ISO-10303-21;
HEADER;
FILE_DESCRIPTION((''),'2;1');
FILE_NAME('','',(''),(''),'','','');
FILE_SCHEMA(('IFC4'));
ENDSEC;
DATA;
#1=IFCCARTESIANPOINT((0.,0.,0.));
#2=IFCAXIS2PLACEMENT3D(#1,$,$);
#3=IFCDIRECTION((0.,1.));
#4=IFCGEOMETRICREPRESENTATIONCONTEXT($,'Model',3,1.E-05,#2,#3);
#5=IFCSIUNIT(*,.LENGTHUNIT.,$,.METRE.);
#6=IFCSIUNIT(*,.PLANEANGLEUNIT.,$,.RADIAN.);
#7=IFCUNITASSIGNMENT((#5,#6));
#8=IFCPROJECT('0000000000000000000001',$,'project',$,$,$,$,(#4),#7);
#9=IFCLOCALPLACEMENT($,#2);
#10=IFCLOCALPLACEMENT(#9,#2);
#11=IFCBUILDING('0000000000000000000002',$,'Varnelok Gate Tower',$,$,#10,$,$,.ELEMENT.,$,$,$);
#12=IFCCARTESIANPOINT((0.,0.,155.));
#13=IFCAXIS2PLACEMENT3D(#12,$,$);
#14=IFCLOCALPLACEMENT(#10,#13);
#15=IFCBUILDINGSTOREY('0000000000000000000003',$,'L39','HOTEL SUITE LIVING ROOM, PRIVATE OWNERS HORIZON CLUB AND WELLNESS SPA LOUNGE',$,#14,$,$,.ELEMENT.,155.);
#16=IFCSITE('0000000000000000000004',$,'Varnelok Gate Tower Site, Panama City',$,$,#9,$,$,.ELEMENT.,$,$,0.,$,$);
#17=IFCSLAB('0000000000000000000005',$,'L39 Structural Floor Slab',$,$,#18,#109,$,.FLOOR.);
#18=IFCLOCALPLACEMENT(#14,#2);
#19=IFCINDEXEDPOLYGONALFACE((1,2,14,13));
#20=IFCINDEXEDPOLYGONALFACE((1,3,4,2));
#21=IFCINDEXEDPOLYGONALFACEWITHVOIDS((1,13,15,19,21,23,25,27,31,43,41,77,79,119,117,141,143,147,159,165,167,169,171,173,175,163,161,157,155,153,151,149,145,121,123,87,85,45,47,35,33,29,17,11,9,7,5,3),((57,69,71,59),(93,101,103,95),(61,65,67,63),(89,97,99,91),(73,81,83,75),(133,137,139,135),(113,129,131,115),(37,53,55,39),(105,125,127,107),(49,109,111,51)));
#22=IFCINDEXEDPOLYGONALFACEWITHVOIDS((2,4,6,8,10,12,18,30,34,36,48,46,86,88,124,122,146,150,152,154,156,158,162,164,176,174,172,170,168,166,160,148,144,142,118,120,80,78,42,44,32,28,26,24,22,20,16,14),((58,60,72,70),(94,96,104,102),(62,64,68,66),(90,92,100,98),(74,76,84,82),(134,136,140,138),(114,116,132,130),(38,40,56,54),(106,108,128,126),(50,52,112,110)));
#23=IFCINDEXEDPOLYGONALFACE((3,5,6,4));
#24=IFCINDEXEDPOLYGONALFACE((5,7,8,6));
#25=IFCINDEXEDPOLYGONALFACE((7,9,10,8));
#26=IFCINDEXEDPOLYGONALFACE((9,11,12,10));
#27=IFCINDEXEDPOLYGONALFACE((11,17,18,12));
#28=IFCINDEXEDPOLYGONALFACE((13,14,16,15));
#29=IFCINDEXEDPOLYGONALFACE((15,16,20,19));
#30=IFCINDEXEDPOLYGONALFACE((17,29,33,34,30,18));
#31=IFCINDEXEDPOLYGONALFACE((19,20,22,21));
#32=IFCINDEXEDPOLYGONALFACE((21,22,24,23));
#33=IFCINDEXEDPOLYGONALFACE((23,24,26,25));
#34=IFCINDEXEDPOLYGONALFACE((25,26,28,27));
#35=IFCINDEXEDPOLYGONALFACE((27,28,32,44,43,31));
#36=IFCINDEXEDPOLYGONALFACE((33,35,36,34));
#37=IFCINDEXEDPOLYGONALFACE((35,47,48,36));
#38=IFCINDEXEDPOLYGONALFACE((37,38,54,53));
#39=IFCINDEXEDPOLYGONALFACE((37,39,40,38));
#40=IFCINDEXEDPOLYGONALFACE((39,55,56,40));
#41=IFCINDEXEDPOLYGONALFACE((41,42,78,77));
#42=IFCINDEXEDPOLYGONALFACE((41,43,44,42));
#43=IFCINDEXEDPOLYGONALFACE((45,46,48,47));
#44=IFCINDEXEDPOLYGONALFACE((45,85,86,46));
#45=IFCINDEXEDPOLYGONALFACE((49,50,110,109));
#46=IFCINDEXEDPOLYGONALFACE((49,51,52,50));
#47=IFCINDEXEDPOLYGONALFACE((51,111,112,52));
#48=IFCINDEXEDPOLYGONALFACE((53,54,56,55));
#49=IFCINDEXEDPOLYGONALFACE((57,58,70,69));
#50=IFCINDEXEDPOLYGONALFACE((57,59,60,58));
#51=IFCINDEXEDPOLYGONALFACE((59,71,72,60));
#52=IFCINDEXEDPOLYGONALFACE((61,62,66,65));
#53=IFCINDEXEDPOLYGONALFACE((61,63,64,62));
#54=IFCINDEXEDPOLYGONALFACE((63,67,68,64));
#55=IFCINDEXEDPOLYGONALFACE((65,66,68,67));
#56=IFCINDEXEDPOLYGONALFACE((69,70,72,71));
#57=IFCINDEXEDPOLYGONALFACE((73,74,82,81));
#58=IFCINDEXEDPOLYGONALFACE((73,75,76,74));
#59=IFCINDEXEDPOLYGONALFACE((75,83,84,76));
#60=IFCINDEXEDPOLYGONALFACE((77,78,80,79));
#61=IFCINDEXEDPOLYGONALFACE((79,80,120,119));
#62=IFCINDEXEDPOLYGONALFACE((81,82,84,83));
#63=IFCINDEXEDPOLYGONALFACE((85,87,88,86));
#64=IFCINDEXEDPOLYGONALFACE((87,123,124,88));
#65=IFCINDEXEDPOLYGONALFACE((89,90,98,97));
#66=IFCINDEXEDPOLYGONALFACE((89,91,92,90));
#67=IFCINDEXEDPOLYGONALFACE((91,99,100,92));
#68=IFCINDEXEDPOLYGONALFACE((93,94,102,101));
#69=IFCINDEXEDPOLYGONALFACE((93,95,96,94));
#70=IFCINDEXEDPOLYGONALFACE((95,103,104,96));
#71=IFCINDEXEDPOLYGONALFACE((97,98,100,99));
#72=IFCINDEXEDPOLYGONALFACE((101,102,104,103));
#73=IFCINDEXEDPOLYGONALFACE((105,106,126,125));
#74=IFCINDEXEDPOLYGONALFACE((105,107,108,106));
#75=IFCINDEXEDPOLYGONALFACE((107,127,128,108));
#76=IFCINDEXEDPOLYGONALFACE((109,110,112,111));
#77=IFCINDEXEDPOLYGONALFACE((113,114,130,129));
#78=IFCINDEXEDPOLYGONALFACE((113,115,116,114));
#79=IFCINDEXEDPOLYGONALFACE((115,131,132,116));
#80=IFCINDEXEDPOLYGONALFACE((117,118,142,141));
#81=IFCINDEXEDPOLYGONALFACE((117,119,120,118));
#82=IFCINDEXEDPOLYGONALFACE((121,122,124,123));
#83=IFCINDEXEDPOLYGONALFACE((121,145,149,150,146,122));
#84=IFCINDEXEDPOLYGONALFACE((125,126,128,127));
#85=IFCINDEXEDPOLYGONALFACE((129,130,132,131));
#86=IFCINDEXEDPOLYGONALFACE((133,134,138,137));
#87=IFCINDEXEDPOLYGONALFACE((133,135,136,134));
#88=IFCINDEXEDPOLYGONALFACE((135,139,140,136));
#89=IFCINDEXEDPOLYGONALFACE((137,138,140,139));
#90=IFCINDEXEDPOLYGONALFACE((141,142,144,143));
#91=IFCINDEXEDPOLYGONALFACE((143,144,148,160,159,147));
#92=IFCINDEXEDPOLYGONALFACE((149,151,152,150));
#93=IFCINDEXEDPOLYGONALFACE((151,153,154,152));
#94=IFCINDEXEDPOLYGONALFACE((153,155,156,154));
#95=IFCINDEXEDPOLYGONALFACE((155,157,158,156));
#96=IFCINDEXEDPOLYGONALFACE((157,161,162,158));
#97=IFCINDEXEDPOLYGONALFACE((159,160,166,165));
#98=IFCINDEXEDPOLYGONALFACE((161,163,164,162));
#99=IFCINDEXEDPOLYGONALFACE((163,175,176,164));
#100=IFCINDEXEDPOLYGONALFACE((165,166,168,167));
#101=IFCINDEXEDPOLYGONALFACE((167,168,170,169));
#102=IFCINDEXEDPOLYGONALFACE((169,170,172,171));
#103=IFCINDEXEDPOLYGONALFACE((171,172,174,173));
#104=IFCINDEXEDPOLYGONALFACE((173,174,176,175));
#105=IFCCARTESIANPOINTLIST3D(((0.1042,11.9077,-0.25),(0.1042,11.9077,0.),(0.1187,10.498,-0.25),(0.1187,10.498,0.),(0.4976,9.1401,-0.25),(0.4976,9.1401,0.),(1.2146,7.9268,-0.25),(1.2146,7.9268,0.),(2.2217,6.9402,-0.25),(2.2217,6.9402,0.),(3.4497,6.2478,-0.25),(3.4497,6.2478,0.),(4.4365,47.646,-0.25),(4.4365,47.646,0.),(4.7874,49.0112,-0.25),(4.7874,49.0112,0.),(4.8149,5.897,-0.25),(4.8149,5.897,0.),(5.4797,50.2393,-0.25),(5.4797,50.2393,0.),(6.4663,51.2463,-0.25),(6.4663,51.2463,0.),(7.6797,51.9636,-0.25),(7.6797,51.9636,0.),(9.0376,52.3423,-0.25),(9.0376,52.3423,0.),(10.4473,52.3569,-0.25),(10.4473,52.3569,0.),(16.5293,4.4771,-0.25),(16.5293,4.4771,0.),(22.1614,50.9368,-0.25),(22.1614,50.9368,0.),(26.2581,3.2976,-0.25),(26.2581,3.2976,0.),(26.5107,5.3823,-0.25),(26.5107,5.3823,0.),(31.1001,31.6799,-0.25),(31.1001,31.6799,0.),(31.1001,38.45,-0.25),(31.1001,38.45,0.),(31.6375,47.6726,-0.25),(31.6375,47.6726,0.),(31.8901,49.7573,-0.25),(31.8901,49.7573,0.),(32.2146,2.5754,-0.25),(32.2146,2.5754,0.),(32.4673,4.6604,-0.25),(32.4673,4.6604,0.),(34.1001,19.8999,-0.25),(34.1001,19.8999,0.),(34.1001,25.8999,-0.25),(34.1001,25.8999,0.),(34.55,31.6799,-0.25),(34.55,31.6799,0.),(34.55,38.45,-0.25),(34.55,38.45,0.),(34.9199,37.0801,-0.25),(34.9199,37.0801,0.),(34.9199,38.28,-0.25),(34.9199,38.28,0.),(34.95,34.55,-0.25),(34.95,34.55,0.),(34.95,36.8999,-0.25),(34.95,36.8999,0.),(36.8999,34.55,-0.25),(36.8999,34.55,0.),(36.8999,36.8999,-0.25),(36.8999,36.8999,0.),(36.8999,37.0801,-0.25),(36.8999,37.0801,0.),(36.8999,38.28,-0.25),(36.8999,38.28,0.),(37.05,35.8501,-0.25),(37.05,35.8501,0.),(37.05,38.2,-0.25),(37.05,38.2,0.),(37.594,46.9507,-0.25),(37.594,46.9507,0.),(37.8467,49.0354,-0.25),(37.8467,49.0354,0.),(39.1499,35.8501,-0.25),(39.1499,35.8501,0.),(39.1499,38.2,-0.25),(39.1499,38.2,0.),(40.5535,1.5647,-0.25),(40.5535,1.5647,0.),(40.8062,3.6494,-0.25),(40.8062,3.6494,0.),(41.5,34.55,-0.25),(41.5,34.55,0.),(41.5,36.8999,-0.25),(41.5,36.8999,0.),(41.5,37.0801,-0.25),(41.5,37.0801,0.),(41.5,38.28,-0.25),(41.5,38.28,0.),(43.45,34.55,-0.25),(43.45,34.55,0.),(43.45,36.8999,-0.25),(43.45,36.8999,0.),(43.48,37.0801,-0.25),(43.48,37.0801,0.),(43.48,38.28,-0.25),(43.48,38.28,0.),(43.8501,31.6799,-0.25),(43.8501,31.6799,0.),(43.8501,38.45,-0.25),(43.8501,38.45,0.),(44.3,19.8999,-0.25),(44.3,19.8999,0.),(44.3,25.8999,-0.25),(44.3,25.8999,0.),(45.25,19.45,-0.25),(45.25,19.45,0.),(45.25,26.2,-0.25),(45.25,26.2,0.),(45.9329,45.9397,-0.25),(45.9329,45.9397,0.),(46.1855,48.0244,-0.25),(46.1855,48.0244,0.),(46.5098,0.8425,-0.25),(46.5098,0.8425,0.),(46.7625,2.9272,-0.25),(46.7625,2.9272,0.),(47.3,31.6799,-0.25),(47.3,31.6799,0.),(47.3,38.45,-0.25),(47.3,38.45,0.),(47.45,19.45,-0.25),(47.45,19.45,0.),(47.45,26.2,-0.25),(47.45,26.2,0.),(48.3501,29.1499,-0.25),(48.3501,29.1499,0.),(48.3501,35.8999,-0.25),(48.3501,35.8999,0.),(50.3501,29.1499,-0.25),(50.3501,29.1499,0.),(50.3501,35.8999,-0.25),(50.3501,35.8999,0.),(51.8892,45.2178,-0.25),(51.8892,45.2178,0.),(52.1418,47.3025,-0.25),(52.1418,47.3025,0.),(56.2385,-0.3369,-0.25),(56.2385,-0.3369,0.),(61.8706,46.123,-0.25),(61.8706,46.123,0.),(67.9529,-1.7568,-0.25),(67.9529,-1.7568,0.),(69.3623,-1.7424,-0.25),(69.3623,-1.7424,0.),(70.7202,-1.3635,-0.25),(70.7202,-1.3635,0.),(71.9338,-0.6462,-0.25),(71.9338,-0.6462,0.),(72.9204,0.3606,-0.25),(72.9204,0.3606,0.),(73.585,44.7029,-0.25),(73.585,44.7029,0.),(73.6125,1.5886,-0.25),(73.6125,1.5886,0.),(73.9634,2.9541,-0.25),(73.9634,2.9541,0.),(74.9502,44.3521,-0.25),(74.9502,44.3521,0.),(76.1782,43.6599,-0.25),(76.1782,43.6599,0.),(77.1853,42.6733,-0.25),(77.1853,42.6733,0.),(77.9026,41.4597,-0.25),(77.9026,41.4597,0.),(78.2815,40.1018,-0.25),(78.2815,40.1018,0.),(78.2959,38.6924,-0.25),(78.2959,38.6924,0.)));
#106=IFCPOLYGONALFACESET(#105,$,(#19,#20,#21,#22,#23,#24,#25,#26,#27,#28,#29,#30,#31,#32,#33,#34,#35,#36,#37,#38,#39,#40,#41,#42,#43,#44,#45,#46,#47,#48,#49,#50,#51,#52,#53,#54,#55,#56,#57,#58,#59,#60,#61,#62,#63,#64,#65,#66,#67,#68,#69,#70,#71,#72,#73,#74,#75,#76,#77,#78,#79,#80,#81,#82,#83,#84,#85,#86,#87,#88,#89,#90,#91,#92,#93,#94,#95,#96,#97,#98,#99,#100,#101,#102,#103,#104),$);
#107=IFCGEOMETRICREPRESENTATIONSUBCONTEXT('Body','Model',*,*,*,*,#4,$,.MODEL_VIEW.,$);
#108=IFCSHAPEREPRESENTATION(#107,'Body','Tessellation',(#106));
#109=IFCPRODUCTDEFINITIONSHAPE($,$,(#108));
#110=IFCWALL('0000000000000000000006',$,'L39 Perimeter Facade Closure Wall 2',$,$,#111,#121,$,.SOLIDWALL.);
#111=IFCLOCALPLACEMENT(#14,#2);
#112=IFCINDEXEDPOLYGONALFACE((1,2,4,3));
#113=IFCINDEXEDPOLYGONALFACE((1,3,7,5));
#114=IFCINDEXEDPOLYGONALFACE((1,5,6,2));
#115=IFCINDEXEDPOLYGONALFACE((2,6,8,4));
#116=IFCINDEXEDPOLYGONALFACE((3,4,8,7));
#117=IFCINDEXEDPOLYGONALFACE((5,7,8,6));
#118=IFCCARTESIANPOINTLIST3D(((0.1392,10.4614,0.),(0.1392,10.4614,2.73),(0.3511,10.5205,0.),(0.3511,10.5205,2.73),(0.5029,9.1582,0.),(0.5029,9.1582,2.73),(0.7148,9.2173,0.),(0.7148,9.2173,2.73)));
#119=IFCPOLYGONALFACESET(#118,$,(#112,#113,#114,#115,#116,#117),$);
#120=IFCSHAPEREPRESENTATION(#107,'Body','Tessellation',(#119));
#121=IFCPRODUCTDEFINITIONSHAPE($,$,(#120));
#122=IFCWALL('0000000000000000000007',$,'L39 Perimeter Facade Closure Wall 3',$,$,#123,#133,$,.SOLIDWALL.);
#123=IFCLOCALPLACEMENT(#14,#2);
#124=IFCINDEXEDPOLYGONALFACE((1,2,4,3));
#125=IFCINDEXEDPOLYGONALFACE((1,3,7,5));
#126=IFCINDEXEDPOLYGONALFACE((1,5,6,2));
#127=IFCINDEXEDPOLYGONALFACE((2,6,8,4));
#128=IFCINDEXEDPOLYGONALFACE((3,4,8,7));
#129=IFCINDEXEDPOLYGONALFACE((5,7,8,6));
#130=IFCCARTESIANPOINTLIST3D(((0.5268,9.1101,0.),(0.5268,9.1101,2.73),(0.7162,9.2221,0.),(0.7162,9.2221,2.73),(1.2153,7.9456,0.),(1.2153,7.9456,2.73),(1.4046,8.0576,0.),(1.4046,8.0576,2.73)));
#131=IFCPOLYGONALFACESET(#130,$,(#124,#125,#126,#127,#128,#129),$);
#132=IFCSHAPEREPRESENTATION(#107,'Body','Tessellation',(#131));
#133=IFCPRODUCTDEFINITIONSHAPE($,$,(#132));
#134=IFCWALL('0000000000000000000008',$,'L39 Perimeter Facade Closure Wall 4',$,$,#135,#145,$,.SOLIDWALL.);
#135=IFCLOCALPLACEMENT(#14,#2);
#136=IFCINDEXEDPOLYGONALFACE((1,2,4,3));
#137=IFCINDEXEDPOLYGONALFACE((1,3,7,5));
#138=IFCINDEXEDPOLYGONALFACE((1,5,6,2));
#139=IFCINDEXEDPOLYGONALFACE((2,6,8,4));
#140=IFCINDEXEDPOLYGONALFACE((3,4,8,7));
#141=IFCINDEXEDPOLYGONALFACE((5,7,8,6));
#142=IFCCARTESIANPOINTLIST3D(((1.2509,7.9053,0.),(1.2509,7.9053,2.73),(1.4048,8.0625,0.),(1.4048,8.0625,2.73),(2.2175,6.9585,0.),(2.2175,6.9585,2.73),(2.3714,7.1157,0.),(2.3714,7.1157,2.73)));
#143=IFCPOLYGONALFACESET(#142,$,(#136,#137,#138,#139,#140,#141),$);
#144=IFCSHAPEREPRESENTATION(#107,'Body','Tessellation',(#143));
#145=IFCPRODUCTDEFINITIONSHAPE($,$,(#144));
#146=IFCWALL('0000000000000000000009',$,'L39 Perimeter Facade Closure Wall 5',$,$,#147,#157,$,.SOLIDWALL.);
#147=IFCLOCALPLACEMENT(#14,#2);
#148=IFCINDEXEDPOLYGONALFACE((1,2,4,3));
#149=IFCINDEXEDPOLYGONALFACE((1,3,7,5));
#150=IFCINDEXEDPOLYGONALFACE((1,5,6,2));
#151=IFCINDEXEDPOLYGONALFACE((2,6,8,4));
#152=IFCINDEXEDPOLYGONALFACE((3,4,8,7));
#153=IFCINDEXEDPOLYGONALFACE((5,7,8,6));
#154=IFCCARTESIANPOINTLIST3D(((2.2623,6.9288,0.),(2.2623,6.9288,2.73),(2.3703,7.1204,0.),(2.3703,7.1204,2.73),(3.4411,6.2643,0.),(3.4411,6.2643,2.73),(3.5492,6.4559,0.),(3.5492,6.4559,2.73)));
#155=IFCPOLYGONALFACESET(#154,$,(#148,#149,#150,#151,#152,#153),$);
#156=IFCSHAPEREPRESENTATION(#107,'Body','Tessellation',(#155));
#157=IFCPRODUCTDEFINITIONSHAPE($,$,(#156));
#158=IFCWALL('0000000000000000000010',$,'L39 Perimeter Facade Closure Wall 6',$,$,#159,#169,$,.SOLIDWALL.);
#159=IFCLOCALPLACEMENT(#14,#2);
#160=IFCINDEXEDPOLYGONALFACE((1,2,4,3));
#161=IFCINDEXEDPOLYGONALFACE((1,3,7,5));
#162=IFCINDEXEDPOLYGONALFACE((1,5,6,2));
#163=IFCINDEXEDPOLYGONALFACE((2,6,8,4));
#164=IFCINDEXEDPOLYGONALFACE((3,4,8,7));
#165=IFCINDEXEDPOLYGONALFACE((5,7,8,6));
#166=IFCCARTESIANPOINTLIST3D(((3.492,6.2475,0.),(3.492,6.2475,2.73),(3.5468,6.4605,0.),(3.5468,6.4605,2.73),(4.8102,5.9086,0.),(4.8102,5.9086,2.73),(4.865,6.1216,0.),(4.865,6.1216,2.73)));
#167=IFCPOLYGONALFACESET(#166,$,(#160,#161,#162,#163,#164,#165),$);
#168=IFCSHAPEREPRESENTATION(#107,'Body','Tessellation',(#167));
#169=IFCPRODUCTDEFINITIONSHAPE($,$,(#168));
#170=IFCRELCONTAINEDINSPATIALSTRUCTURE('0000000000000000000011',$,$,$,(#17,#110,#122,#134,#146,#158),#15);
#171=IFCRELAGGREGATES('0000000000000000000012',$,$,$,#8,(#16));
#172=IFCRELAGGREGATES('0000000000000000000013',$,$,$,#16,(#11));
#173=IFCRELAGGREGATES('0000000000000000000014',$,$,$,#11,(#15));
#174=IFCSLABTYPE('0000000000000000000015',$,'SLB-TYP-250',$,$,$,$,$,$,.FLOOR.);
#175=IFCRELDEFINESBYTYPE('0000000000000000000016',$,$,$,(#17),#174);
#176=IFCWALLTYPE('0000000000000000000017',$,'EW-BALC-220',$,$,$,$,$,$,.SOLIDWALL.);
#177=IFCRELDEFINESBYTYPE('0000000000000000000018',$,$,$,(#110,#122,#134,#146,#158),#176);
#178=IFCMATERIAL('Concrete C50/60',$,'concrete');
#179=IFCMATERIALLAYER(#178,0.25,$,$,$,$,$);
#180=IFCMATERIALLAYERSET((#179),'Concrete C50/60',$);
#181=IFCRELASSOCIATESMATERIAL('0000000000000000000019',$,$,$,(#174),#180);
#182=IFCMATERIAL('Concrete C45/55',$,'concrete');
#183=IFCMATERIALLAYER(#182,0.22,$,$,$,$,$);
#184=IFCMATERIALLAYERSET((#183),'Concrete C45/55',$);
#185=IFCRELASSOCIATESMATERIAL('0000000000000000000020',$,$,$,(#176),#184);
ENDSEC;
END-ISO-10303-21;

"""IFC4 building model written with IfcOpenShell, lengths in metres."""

from ifc_helpers import new_model, si_unit, direction, frame, frame_2d, origin, place, context, subcontext, project, spatial, polyline, rectangle, outline, extrude, material, layer, layer_set, type_object, element, save


model = new_model("IFC4")

# Units and contexts
model_context = context("Model", 3, precision=1e-05, world=origin(), true_north=direction((0.0, 1.0)))
body_context = subcontext(model_context, "Body", "Model", "MODEL_VIEW")
ifc_project = project(units=[si_unit("LENGTHUNIT", "METRE"), si_unit("PLANEANGLEUNIT", "RADIAN")], contexts=[model_context])

# Site, building, storey
site_placement = place(None, origin())
site = spatial("IfcSite", under=ifc_project, at=site_placement, Name="Varnelok Gate Tower Site, Panama City", CompositionType="ELEMENT", RefElevation=0.0)
building_placement = place(site_placement, origin())
building = spatial("IfcBuilding", under=site, at=building_placement, Name="Varnelok Gate Tower", CompositionType="ELEMENT")
storey_placement = place(building_placement, frame((0.0, 0.0, 155.0)))
storey = spatial("IfcBuildingStorey", under=building, at=storey_placement, Name="L39", Description="HOTEL SUITE LIVING ROOM, PRIVATE OWNERS HORIZON CLUB AND WELLNESS SPA LOUNGE", CompositionType="ELEMENT", Elevation=155.0)

# Shared definitions
ifc_material_1 = material(Name="Concrete C45/55", Category="concrete")

# Shared definitions
ifc_material_2 = material(Name="Concrete C50/60", Category="concrete")

# Slab
ifc_layer_1 = layer(ifc_material_2, 0.25)
ifc_layer_set_1 = layer_set([ifc_layer_1], Name="Concrete C50/60")
slab_type_1 = type_object("IfcSlabType", Name="SLB-TYP-250", PredefinedType="FLOOR", material=ifc_layer_set_1)
slab_1_placement = place(storey_placement, frame((0.0, 0.0, -0.25)))
element("IfcSlab", 1, at=slab_1_placement, inside=storey, type_object=slab_type_1, Name="L39 Structural Floor Slab", PredefinedType="FLOOR", context=body_context, shape_type="SweptSolid", body=[
    extrude(outline(polyline([(0.1042, 11.9077), (0.1187, 10.498), (0.4976, 9.1401), (1.2146, 7.9268), (2.2217, 6.9402), (3.4497, 6.2478), (4.8149, 5.897), (16.5293, 4.4771), (26.2581, 3.2976), (26.5107, 5.3823), (32.4673, 4.6604), (32.2146, 2.5754), (40.5535, 1.5647), (40.8062, 3.6494), (46.7625, 2.9272), (46.5098, 0.8425), (56.2385, -0.3369), (67.9529, -1.7568), (69.3623, -1.7424), (70.7202, -1.3635), (71.9338, -0.6462), (72.9204, 0.3606), (73.6125, 1.5886), (73.9634, 2.9541), (78.2959, 38.6924), (78.2815, 40.1018), (77.9026, 41.4597), (77.1853, 42.6733), (76.1782, 43.6599), (74.9502, 44.3521), (73.585, 44.7029), (61.8706, 46.123), (52.1418, 47.3025), (51.8892, 45.2178), (45.9329, 45.9397), (46.1855, 48.0244), (37.8467, 49.0354), (37.594, 46.9507), (31.6375, 47.6726), (31.8901, 49.7573), (22.1614, 50.9368), (10.4473, 52.3569), (9.0376, 52.3423), (7.6797, 51.9636), (6.4663, 51.2463), (5.4797, 50.2393), (4.7874, 49.0112), (4.4365, 47.646), (0.1042, 11.9077)]), holes=[polyline([(34.55, 31.6799), (34.55, 38.45), (31.1001, 38.45), (31.1001, 31.6799), (34.55, 31.6799)]), polyline([(47.3, 31.6799), (47.3, 38.45), (43.8501, 38.45), (43.8501, 31.6799), (47.3, 31.6799)]), polyline([(34.95, 34.55), (36.8999, 34.55), (36.8999, 36.8999), (34.95, 36.8999), (34.95, 34.55)]), polyline([(41.5, 34.55), (43.45, 34.55), (43.45, 36.8999), (41.5, 36.8999), (41.5, 34.55)]), polyline([(37.05, 35.8501), (39.1499, 35.8501), (39.1499, 38.2), (37.05, 38.2), (37.05, 35.8501)]), polyline([(48.3501, 29.1499), (50.3501, 29.1499), (50.3501, 35.8999), (48.3501, 35.8999), (48.3501, 29.1499)]), polyline([(45.25, 19.45), (47.45, 19.45), (47.45, 26.2), (45.25, 26.2), (45.25, 19.45)]), polyline([(34.9199, 37.0801), (36.8999, 37.0801), (36.8999, 38.28), (34.9199, 38.28), (34.9199, 37.0801)]), polyline([(41.5, 37.0801), (43.48, 37.0801), (43.48, 38.28), (41.5, 38.28), (41.5, 37.0801)]), polyline([(34.1001, 19.8999), (44.3, 19.8999), (44.3, 25.8999), (34.1001, 25.8999), (34.1001, 19.8999)])]), origin(), (0.0, 0.0, 1.0), 0.25),
])

# Walls
ifc_layer_2 = layer(ifc_material_1, 0.22)
ifc_layer_set_2 = layer_set([ifc_layer_2], Name="Concrete C45/55")
wall_type_1 = type_object("IfcWallType", Name="EW-BALC-220", PredefinedType="SOLIDWALL", material=ifc_layer_set_2)
wall_1_placement = place(storey_placement, frame((0.2451, 10.491, 0.0), z_axis=(0.0, 0.0, 1.0), x_axis=(0.268853, -0.963181, 0.0)))
element("IfcWall", 2, at=wall_1_placement, inside=storey, type_object=wall_type_1, Name="L39 Perimeter Facade Closure Wall 2", PredefinedType="SOLIDWALL", context=body_context, shape_type="SweptSolid", body=[
    extrude(rectangle(XDim=1.353, YDim=0.22, at=frame_2d((0.6765, 0.0))), origin(), (0.0, 0.0, 1.0), 2.73),
])
wall_2_placement = place(storey_placement, frame((0.6216, 9.166, 0.0), z_axis=(0.0, 0.0, 1.0), x_axis=(0.508912, -0.860819, 0.0)))
element("IfcWall", 3, at=wall_2_placement, inside=storey, type_object=wall_type_1, Name="L39 Perimeter Facade Closure Wall 3", PredefinedType="SOLIDWALL", context=body_context, shape_type="SweptSolid", body=[
    extrude(rectangle(XDim=1.3528, YDim=0.22, at=frame_2d((0.6763, 0.0))), origin(), (0.0, 0.0, 1.0), 2.73),
])
wall_3_placement = place(storey_placement, frame((1.3279, 7.9839, 0.0), z_axis=(0.0, 0.0, 1.0), x_axis=(0.714377, -0.699761, 0.0)))
element("IfcWall", 4, at=wall_3_placement, inside=storey, type_object=wall_type_1, Name="L39 Perimeter Facade Closure Wall 4", PredefinedType="SOLIDWALL", context=body_context, shape_type="SweptSolid", body=[
    extrude(rectangle(XDim=1.353, YDim=0.22, at=frame_2d((0.6765, 0.0))), origin(), (0.0, 0.0, 1.0), 2.73),
])
wall_4_placement = place(storey_placement, frame((2.3162, 7.0247, 0.0), z_axis=(0.0, 0.0, 1.0), x_axis=(0.871137, -0.49104, 0.0)))
element("IfcWall", 5, at=wall_4_placement, inside=storey, type_object=wall_type_1, Name="L39 Perimeter Facade Closure Wall 5", PredefinedType="SOLIDWALL", context=body_context, shape_type="SweptSolid", body=[
    extrude(rectangle(XDim=1.3533, YDim=0.22, at=frame_2d((0.6768, 0.0))), origin(), (0.0, 0.0, 1.0), 2.73),
])
wall_5_placement = place(storey_placement, frame((3.5193, 6.354, 0.0), z_axis=(0.0, 0.0, 1.0), x_axis=(0.968507, -0.248988, 0.0)))
element("IfcWall", 6, at=wall_5_placement, inside=storey, type_object=wall_type_1, Name="L39 Perimeter Facade Closure Wall 6", PredefinedType="SOLIDWALL", context=body_context, shape_type="SweptSolid", body=[
    extrude(rectangle(XDim=1.3611, YDim=0.22, at=frame_2d((0.6807, 0.0))), origin(), (0.0, 0.0, 1.0), 2.73),
])

save(model, "model.ifc")
